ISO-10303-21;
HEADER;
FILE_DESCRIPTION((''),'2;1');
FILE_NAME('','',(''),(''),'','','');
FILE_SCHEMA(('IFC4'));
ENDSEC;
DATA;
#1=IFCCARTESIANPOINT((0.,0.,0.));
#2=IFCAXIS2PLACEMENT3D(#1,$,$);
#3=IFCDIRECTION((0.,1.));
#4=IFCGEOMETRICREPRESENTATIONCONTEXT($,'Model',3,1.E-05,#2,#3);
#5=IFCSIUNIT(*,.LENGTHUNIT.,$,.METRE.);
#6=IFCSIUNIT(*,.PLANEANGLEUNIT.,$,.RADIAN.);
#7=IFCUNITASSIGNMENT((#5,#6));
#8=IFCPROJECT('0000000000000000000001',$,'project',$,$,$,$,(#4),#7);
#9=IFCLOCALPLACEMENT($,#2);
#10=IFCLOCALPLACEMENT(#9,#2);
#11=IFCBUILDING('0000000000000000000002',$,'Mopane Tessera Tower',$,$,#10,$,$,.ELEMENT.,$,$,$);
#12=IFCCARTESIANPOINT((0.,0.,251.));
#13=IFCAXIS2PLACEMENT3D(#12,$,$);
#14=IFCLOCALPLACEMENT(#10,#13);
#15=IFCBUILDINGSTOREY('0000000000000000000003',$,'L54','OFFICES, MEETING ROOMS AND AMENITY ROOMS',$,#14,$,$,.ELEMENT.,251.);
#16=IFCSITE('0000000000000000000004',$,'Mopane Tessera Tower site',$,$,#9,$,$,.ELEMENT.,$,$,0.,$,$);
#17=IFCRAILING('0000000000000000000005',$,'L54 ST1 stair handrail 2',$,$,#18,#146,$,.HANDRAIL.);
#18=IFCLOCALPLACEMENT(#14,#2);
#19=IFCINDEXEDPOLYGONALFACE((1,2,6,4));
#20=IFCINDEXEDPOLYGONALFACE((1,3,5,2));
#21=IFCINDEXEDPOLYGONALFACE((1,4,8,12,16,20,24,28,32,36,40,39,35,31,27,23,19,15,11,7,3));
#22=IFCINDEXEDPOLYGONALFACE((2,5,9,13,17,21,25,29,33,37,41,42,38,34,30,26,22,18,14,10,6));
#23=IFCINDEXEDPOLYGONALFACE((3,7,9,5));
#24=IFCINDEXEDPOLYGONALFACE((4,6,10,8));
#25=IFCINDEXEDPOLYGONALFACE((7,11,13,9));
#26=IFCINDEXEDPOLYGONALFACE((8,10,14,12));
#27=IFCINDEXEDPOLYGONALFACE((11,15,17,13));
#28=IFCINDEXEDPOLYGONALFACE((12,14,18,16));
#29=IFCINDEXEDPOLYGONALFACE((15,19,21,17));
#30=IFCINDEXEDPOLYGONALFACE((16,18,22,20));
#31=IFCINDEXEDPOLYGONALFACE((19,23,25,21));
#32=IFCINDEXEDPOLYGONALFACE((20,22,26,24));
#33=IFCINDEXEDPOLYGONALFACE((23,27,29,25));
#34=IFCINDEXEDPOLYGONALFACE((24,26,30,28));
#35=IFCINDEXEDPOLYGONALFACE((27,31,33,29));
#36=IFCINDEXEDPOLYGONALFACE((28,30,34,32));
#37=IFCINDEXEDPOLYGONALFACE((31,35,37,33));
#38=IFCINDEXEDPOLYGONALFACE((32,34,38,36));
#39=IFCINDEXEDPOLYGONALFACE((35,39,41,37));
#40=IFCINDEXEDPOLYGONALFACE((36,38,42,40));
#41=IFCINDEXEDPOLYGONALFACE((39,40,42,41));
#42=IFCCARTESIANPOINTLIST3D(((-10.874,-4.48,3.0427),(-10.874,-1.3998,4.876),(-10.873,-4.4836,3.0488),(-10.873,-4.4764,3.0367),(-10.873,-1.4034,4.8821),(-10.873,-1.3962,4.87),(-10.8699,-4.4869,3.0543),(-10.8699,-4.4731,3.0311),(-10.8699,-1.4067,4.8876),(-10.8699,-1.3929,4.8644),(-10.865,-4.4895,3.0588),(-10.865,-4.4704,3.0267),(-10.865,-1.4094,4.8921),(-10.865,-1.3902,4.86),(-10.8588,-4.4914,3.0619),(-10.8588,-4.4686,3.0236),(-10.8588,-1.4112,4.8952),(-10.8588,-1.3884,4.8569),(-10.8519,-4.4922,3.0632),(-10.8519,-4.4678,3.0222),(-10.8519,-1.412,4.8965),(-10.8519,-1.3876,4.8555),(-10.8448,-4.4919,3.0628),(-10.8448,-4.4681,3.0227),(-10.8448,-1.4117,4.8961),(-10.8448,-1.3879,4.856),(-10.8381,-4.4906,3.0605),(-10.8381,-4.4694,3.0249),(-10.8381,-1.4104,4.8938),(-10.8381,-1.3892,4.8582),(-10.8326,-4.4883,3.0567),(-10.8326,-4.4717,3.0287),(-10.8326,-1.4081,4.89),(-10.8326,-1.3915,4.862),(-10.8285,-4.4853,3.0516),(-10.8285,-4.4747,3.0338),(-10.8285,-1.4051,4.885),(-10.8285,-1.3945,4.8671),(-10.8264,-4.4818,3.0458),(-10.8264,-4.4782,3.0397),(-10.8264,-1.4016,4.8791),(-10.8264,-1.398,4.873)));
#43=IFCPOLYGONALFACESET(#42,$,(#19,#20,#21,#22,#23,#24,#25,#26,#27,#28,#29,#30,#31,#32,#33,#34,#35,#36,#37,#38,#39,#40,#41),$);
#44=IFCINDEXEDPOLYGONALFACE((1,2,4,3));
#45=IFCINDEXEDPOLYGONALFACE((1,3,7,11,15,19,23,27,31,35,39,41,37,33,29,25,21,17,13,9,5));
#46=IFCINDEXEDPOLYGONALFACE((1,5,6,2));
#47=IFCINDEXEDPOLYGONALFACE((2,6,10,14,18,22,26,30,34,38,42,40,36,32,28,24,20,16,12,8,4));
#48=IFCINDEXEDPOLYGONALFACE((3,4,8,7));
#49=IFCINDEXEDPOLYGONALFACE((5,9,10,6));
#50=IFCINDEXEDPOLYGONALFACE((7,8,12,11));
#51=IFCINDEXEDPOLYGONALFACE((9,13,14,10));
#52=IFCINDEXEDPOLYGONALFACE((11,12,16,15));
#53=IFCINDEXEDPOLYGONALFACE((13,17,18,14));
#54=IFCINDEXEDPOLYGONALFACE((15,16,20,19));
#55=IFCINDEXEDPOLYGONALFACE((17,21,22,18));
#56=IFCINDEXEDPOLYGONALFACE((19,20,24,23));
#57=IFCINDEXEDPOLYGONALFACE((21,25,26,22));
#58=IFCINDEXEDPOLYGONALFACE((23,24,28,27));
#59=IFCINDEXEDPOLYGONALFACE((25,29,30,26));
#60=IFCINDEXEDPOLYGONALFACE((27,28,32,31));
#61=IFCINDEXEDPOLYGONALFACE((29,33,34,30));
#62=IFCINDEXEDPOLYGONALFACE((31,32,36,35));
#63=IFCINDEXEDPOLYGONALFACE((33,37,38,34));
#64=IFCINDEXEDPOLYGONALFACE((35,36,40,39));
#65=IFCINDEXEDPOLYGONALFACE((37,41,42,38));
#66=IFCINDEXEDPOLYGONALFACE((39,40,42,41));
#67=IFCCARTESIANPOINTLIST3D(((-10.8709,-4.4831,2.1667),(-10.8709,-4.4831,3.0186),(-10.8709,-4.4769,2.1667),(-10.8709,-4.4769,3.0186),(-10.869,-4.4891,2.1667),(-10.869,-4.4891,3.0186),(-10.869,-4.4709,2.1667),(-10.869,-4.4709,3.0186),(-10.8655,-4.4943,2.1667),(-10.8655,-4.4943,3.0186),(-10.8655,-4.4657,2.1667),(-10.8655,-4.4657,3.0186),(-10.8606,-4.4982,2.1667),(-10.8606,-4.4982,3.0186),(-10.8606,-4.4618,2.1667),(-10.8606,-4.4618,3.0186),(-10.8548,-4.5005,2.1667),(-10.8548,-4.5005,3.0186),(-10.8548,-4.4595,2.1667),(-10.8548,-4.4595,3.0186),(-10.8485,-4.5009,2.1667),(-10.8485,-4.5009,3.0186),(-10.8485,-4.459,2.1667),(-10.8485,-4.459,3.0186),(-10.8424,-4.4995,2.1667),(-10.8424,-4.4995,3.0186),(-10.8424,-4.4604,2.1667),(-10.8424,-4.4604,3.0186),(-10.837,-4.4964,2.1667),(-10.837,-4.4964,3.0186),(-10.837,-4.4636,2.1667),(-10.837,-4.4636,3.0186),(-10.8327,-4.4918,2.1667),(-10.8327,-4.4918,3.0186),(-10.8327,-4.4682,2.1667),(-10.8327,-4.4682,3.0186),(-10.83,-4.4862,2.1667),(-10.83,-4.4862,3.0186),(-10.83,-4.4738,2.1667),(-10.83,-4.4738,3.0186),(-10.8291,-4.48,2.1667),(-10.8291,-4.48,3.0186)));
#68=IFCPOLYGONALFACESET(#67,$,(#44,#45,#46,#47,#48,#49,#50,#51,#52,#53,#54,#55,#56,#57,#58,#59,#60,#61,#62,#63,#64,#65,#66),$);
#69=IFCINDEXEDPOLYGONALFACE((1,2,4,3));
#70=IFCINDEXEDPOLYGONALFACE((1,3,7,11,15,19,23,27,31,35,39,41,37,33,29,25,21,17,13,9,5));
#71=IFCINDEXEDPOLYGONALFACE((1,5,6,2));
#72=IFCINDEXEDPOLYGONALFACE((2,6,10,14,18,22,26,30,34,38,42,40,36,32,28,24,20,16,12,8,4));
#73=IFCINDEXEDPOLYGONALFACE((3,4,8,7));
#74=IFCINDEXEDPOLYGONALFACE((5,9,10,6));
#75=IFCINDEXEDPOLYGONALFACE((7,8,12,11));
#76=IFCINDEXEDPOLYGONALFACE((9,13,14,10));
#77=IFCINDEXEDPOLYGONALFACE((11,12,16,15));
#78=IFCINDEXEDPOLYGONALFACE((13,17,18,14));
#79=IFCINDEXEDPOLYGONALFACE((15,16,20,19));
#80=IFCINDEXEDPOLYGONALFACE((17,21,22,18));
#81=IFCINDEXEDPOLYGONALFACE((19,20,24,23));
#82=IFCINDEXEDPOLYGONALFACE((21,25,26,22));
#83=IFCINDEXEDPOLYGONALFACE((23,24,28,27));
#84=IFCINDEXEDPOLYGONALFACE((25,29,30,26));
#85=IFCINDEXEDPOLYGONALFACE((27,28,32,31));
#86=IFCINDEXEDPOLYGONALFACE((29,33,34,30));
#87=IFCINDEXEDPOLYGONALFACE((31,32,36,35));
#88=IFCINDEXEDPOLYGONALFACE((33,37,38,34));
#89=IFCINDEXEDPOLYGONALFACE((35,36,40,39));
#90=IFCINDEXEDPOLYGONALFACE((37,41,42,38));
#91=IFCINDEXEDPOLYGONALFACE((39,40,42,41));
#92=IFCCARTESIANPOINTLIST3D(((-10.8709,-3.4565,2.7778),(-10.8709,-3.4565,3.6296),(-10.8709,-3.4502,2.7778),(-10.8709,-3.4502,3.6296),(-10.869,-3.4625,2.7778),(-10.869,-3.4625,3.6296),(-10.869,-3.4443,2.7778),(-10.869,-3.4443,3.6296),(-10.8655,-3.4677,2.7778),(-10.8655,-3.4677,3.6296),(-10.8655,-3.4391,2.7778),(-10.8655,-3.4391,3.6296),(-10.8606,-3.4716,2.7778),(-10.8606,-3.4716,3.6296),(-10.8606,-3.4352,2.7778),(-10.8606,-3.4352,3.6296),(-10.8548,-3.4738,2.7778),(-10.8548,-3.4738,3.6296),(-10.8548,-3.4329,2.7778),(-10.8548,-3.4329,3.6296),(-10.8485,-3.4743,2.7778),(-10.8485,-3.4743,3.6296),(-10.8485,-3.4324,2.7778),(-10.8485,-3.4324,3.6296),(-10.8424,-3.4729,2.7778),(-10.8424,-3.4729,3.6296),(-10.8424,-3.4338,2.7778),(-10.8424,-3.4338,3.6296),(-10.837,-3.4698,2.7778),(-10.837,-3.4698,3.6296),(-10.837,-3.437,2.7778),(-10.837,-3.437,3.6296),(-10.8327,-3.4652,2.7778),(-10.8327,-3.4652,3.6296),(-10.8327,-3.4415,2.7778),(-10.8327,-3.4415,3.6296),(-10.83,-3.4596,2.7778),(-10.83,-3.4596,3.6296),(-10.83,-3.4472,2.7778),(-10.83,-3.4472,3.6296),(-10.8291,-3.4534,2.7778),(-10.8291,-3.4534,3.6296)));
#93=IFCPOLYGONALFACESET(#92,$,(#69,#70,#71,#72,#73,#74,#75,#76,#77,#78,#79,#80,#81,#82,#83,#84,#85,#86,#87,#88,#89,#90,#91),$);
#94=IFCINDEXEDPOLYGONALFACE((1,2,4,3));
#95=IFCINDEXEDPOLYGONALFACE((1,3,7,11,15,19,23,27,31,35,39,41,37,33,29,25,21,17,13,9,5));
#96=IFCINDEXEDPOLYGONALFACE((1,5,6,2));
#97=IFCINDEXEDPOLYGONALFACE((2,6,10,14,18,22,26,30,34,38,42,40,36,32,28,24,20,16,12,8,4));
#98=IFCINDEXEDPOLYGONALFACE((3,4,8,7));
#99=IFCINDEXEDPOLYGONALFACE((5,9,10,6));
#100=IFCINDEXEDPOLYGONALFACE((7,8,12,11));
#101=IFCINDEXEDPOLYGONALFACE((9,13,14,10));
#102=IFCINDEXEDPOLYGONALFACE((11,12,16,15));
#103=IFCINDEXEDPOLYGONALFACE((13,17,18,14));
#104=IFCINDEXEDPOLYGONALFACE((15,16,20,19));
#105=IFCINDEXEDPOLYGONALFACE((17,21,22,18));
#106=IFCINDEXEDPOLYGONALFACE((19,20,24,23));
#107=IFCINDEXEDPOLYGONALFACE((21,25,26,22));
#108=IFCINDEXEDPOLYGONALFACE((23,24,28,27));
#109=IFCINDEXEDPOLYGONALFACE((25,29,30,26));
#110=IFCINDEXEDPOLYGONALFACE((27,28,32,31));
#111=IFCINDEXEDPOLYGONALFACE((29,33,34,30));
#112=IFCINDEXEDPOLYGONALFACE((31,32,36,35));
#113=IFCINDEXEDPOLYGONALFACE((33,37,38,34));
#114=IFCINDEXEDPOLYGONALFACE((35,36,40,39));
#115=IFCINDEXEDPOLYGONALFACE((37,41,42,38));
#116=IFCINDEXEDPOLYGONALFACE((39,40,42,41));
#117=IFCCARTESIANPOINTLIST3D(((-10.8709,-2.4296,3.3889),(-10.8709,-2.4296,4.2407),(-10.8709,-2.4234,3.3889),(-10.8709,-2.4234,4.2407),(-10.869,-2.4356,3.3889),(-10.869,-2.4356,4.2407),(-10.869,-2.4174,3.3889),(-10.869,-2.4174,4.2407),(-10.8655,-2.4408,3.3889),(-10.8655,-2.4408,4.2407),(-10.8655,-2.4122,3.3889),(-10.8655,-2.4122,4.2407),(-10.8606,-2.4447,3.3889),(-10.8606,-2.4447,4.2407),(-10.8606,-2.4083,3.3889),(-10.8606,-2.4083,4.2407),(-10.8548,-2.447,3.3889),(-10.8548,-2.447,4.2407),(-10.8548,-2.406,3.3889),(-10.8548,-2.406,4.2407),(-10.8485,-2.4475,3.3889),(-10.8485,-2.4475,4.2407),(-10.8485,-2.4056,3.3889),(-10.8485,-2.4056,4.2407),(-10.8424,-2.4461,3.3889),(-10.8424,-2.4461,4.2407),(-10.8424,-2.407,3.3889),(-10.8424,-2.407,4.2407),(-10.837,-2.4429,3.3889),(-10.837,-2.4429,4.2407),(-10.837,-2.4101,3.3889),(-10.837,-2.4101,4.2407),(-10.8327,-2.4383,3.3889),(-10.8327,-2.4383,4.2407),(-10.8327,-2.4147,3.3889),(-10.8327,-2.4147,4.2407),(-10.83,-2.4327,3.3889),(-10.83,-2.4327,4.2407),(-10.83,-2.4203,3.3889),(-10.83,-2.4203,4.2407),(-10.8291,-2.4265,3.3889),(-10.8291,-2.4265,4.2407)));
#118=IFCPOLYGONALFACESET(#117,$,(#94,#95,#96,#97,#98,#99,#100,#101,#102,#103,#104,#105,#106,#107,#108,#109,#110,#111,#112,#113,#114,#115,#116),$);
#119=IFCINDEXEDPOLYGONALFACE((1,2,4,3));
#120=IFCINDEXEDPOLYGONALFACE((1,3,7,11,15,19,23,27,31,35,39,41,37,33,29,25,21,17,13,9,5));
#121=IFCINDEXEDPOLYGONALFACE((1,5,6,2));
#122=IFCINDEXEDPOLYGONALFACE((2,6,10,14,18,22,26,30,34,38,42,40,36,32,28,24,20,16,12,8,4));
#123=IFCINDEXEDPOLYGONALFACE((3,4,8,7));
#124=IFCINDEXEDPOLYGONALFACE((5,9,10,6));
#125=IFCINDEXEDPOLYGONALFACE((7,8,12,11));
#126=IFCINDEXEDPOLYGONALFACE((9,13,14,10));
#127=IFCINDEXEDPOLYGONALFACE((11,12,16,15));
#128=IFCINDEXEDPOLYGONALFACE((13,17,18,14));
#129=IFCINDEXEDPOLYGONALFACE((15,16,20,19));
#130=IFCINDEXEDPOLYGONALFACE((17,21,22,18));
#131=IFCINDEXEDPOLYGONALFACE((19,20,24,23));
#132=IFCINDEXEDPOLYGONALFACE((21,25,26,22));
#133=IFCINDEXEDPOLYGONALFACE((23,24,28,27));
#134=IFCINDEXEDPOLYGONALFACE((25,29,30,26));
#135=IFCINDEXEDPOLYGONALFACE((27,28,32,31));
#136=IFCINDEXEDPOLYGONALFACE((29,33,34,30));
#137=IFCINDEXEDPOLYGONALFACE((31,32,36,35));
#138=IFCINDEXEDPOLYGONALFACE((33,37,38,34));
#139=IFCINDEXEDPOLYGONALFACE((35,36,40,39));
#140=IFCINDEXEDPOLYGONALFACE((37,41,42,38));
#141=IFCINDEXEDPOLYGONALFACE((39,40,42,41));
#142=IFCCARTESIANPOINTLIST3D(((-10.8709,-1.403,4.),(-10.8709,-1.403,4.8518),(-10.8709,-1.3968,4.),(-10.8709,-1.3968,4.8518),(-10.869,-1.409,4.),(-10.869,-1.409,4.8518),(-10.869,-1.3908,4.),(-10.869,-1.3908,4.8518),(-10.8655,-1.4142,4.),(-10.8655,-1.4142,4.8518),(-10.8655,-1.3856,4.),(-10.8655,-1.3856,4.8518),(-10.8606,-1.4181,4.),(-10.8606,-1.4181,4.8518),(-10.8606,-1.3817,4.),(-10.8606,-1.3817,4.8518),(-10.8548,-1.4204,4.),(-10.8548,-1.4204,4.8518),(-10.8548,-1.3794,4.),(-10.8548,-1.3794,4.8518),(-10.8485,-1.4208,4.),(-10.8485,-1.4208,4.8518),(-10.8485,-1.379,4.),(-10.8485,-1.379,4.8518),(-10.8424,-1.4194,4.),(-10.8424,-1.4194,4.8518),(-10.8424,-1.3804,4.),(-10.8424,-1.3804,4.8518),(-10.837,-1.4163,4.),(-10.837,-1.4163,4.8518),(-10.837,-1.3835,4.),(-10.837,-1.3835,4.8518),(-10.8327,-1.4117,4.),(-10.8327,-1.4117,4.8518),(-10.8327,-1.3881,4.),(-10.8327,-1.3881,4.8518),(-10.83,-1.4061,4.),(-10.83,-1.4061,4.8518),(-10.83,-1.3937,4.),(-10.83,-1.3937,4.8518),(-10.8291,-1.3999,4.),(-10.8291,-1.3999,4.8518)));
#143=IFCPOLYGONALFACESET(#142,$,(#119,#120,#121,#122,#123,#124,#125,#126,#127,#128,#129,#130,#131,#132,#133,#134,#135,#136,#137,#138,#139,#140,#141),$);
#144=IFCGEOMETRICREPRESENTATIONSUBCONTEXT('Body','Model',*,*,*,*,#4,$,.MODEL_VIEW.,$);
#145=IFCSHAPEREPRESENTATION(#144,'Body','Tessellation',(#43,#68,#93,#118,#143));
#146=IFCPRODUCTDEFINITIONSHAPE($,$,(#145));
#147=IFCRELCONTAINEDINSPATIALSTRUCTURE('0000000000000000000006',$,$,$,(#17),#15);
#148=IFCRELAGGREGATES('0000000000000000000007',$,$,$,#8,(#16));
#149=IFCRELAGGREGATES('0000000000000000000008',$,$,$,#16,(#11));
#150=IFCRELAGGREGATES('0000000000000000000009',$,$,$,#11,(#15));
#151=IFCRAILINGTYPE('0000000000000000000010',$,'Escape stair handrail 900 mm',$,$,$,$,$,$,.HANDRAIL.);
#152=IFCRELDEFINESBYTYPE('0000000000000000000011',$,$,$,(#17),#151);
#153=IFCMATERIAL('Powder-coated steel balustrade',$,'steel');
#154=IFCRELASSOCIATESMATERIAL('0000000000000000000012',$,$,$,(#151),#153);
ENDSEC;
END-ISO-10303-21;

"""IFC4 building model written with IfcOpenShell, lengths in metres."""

from ifc_helpers import new_model, si_unit, direction, frame, origin, origin_2d, place, context, subcontext, project, spatial, circle, extrude, material, type_object, element, save


model = new_model("IFC4")

# Units and contexts
model_context = context("Model", 3, precision=1e-05, world=origin(), true_north=direction((0.0, 1.0)))
body_context = subcontext(model_context, "Body", "Model", "MODEL_VIEW")
ifc_project = project(units=[si_unit("LENGTHUNIT", "METRE"), si_unit("PLANEANGLEUNIT", "RADIAN")], contexts=[model_context])

# Site, building, storey
site_placement = place(None, origin())
site = spatial("IfcSite", under=ifc_project, at=site_placement, Name="Mopane Tessera Tower site", CompositionType="ELEMENT", RefElevation=0.0)
building_placement = place(site_placement, origin())
building = spatial("IfcBuilding", under=site, at=building_placement, Name="Mopane Tessera Tower", CompositionType="ELEMENT")
storey_placement = place(building_placement, frame((0.0, 0.0, 251.0)))
storey = spatial("IfcBuildingStorey", under=building, at=storey_placement, Name="L54", Description="OFFICES, MEETING ROOMS AND AMENITY ROOMS", CompositionType="ELEMENT", Elevation=251.0)

# Railing
ifc_material_1 = material(Name="Powder-coated steel balustrade", Category="steel")
railing_type_1 = type_object("IfcRailingType", Name="Escape stair handrail 900 mm", PredefinedType="HANDRAIL", material=ifc_material_1)
railing_1_placement = place(storey_placement, frame((-10.8501, -4.48, 2.1667)))
element("IfcRailing", 1, at=railing_1_placement, inside=storey, type_object=railing_type_1, Name="L54 ST1 stair handrail 2", PredefinedType="HANDRAIL", context=body_context, shape_type="SweptSolid", body=[
    extrude(circle(Radius=0.0239, at=origin_2d()), frame((0.0, 0.0, 0.876), z_axis=(0.0, 0.859309, 0.511458), x_axis=(-1.0, 0.0, 0.0)), (0.0, 0.0, 1.0), 3.5845),
    extrude(circle(Radius=0.021, at=origin_2d()), origin(), (0.0, 0.0, 1.0), 0.8518),
    extrude(circle(Radius=0.021, at=origin_2d()), frame((0.0, 1.0266, 0.6111)), (0.0, 0.0, 1.0), 0.8518),
    extrude(circle(Radius=0.021, at=origin_2d()), frame((0.0, 2.0535, 1.2222)), (0.0, 0.0, 1.0), 0.8518),
    extrude(circle(Radius=0.021, at=origin_2d()), frame((0.0, 3.0801, 1.8333)), (0.0, 0.0, 1.0), 0.8518),
])

save(model, "model.ifc")
